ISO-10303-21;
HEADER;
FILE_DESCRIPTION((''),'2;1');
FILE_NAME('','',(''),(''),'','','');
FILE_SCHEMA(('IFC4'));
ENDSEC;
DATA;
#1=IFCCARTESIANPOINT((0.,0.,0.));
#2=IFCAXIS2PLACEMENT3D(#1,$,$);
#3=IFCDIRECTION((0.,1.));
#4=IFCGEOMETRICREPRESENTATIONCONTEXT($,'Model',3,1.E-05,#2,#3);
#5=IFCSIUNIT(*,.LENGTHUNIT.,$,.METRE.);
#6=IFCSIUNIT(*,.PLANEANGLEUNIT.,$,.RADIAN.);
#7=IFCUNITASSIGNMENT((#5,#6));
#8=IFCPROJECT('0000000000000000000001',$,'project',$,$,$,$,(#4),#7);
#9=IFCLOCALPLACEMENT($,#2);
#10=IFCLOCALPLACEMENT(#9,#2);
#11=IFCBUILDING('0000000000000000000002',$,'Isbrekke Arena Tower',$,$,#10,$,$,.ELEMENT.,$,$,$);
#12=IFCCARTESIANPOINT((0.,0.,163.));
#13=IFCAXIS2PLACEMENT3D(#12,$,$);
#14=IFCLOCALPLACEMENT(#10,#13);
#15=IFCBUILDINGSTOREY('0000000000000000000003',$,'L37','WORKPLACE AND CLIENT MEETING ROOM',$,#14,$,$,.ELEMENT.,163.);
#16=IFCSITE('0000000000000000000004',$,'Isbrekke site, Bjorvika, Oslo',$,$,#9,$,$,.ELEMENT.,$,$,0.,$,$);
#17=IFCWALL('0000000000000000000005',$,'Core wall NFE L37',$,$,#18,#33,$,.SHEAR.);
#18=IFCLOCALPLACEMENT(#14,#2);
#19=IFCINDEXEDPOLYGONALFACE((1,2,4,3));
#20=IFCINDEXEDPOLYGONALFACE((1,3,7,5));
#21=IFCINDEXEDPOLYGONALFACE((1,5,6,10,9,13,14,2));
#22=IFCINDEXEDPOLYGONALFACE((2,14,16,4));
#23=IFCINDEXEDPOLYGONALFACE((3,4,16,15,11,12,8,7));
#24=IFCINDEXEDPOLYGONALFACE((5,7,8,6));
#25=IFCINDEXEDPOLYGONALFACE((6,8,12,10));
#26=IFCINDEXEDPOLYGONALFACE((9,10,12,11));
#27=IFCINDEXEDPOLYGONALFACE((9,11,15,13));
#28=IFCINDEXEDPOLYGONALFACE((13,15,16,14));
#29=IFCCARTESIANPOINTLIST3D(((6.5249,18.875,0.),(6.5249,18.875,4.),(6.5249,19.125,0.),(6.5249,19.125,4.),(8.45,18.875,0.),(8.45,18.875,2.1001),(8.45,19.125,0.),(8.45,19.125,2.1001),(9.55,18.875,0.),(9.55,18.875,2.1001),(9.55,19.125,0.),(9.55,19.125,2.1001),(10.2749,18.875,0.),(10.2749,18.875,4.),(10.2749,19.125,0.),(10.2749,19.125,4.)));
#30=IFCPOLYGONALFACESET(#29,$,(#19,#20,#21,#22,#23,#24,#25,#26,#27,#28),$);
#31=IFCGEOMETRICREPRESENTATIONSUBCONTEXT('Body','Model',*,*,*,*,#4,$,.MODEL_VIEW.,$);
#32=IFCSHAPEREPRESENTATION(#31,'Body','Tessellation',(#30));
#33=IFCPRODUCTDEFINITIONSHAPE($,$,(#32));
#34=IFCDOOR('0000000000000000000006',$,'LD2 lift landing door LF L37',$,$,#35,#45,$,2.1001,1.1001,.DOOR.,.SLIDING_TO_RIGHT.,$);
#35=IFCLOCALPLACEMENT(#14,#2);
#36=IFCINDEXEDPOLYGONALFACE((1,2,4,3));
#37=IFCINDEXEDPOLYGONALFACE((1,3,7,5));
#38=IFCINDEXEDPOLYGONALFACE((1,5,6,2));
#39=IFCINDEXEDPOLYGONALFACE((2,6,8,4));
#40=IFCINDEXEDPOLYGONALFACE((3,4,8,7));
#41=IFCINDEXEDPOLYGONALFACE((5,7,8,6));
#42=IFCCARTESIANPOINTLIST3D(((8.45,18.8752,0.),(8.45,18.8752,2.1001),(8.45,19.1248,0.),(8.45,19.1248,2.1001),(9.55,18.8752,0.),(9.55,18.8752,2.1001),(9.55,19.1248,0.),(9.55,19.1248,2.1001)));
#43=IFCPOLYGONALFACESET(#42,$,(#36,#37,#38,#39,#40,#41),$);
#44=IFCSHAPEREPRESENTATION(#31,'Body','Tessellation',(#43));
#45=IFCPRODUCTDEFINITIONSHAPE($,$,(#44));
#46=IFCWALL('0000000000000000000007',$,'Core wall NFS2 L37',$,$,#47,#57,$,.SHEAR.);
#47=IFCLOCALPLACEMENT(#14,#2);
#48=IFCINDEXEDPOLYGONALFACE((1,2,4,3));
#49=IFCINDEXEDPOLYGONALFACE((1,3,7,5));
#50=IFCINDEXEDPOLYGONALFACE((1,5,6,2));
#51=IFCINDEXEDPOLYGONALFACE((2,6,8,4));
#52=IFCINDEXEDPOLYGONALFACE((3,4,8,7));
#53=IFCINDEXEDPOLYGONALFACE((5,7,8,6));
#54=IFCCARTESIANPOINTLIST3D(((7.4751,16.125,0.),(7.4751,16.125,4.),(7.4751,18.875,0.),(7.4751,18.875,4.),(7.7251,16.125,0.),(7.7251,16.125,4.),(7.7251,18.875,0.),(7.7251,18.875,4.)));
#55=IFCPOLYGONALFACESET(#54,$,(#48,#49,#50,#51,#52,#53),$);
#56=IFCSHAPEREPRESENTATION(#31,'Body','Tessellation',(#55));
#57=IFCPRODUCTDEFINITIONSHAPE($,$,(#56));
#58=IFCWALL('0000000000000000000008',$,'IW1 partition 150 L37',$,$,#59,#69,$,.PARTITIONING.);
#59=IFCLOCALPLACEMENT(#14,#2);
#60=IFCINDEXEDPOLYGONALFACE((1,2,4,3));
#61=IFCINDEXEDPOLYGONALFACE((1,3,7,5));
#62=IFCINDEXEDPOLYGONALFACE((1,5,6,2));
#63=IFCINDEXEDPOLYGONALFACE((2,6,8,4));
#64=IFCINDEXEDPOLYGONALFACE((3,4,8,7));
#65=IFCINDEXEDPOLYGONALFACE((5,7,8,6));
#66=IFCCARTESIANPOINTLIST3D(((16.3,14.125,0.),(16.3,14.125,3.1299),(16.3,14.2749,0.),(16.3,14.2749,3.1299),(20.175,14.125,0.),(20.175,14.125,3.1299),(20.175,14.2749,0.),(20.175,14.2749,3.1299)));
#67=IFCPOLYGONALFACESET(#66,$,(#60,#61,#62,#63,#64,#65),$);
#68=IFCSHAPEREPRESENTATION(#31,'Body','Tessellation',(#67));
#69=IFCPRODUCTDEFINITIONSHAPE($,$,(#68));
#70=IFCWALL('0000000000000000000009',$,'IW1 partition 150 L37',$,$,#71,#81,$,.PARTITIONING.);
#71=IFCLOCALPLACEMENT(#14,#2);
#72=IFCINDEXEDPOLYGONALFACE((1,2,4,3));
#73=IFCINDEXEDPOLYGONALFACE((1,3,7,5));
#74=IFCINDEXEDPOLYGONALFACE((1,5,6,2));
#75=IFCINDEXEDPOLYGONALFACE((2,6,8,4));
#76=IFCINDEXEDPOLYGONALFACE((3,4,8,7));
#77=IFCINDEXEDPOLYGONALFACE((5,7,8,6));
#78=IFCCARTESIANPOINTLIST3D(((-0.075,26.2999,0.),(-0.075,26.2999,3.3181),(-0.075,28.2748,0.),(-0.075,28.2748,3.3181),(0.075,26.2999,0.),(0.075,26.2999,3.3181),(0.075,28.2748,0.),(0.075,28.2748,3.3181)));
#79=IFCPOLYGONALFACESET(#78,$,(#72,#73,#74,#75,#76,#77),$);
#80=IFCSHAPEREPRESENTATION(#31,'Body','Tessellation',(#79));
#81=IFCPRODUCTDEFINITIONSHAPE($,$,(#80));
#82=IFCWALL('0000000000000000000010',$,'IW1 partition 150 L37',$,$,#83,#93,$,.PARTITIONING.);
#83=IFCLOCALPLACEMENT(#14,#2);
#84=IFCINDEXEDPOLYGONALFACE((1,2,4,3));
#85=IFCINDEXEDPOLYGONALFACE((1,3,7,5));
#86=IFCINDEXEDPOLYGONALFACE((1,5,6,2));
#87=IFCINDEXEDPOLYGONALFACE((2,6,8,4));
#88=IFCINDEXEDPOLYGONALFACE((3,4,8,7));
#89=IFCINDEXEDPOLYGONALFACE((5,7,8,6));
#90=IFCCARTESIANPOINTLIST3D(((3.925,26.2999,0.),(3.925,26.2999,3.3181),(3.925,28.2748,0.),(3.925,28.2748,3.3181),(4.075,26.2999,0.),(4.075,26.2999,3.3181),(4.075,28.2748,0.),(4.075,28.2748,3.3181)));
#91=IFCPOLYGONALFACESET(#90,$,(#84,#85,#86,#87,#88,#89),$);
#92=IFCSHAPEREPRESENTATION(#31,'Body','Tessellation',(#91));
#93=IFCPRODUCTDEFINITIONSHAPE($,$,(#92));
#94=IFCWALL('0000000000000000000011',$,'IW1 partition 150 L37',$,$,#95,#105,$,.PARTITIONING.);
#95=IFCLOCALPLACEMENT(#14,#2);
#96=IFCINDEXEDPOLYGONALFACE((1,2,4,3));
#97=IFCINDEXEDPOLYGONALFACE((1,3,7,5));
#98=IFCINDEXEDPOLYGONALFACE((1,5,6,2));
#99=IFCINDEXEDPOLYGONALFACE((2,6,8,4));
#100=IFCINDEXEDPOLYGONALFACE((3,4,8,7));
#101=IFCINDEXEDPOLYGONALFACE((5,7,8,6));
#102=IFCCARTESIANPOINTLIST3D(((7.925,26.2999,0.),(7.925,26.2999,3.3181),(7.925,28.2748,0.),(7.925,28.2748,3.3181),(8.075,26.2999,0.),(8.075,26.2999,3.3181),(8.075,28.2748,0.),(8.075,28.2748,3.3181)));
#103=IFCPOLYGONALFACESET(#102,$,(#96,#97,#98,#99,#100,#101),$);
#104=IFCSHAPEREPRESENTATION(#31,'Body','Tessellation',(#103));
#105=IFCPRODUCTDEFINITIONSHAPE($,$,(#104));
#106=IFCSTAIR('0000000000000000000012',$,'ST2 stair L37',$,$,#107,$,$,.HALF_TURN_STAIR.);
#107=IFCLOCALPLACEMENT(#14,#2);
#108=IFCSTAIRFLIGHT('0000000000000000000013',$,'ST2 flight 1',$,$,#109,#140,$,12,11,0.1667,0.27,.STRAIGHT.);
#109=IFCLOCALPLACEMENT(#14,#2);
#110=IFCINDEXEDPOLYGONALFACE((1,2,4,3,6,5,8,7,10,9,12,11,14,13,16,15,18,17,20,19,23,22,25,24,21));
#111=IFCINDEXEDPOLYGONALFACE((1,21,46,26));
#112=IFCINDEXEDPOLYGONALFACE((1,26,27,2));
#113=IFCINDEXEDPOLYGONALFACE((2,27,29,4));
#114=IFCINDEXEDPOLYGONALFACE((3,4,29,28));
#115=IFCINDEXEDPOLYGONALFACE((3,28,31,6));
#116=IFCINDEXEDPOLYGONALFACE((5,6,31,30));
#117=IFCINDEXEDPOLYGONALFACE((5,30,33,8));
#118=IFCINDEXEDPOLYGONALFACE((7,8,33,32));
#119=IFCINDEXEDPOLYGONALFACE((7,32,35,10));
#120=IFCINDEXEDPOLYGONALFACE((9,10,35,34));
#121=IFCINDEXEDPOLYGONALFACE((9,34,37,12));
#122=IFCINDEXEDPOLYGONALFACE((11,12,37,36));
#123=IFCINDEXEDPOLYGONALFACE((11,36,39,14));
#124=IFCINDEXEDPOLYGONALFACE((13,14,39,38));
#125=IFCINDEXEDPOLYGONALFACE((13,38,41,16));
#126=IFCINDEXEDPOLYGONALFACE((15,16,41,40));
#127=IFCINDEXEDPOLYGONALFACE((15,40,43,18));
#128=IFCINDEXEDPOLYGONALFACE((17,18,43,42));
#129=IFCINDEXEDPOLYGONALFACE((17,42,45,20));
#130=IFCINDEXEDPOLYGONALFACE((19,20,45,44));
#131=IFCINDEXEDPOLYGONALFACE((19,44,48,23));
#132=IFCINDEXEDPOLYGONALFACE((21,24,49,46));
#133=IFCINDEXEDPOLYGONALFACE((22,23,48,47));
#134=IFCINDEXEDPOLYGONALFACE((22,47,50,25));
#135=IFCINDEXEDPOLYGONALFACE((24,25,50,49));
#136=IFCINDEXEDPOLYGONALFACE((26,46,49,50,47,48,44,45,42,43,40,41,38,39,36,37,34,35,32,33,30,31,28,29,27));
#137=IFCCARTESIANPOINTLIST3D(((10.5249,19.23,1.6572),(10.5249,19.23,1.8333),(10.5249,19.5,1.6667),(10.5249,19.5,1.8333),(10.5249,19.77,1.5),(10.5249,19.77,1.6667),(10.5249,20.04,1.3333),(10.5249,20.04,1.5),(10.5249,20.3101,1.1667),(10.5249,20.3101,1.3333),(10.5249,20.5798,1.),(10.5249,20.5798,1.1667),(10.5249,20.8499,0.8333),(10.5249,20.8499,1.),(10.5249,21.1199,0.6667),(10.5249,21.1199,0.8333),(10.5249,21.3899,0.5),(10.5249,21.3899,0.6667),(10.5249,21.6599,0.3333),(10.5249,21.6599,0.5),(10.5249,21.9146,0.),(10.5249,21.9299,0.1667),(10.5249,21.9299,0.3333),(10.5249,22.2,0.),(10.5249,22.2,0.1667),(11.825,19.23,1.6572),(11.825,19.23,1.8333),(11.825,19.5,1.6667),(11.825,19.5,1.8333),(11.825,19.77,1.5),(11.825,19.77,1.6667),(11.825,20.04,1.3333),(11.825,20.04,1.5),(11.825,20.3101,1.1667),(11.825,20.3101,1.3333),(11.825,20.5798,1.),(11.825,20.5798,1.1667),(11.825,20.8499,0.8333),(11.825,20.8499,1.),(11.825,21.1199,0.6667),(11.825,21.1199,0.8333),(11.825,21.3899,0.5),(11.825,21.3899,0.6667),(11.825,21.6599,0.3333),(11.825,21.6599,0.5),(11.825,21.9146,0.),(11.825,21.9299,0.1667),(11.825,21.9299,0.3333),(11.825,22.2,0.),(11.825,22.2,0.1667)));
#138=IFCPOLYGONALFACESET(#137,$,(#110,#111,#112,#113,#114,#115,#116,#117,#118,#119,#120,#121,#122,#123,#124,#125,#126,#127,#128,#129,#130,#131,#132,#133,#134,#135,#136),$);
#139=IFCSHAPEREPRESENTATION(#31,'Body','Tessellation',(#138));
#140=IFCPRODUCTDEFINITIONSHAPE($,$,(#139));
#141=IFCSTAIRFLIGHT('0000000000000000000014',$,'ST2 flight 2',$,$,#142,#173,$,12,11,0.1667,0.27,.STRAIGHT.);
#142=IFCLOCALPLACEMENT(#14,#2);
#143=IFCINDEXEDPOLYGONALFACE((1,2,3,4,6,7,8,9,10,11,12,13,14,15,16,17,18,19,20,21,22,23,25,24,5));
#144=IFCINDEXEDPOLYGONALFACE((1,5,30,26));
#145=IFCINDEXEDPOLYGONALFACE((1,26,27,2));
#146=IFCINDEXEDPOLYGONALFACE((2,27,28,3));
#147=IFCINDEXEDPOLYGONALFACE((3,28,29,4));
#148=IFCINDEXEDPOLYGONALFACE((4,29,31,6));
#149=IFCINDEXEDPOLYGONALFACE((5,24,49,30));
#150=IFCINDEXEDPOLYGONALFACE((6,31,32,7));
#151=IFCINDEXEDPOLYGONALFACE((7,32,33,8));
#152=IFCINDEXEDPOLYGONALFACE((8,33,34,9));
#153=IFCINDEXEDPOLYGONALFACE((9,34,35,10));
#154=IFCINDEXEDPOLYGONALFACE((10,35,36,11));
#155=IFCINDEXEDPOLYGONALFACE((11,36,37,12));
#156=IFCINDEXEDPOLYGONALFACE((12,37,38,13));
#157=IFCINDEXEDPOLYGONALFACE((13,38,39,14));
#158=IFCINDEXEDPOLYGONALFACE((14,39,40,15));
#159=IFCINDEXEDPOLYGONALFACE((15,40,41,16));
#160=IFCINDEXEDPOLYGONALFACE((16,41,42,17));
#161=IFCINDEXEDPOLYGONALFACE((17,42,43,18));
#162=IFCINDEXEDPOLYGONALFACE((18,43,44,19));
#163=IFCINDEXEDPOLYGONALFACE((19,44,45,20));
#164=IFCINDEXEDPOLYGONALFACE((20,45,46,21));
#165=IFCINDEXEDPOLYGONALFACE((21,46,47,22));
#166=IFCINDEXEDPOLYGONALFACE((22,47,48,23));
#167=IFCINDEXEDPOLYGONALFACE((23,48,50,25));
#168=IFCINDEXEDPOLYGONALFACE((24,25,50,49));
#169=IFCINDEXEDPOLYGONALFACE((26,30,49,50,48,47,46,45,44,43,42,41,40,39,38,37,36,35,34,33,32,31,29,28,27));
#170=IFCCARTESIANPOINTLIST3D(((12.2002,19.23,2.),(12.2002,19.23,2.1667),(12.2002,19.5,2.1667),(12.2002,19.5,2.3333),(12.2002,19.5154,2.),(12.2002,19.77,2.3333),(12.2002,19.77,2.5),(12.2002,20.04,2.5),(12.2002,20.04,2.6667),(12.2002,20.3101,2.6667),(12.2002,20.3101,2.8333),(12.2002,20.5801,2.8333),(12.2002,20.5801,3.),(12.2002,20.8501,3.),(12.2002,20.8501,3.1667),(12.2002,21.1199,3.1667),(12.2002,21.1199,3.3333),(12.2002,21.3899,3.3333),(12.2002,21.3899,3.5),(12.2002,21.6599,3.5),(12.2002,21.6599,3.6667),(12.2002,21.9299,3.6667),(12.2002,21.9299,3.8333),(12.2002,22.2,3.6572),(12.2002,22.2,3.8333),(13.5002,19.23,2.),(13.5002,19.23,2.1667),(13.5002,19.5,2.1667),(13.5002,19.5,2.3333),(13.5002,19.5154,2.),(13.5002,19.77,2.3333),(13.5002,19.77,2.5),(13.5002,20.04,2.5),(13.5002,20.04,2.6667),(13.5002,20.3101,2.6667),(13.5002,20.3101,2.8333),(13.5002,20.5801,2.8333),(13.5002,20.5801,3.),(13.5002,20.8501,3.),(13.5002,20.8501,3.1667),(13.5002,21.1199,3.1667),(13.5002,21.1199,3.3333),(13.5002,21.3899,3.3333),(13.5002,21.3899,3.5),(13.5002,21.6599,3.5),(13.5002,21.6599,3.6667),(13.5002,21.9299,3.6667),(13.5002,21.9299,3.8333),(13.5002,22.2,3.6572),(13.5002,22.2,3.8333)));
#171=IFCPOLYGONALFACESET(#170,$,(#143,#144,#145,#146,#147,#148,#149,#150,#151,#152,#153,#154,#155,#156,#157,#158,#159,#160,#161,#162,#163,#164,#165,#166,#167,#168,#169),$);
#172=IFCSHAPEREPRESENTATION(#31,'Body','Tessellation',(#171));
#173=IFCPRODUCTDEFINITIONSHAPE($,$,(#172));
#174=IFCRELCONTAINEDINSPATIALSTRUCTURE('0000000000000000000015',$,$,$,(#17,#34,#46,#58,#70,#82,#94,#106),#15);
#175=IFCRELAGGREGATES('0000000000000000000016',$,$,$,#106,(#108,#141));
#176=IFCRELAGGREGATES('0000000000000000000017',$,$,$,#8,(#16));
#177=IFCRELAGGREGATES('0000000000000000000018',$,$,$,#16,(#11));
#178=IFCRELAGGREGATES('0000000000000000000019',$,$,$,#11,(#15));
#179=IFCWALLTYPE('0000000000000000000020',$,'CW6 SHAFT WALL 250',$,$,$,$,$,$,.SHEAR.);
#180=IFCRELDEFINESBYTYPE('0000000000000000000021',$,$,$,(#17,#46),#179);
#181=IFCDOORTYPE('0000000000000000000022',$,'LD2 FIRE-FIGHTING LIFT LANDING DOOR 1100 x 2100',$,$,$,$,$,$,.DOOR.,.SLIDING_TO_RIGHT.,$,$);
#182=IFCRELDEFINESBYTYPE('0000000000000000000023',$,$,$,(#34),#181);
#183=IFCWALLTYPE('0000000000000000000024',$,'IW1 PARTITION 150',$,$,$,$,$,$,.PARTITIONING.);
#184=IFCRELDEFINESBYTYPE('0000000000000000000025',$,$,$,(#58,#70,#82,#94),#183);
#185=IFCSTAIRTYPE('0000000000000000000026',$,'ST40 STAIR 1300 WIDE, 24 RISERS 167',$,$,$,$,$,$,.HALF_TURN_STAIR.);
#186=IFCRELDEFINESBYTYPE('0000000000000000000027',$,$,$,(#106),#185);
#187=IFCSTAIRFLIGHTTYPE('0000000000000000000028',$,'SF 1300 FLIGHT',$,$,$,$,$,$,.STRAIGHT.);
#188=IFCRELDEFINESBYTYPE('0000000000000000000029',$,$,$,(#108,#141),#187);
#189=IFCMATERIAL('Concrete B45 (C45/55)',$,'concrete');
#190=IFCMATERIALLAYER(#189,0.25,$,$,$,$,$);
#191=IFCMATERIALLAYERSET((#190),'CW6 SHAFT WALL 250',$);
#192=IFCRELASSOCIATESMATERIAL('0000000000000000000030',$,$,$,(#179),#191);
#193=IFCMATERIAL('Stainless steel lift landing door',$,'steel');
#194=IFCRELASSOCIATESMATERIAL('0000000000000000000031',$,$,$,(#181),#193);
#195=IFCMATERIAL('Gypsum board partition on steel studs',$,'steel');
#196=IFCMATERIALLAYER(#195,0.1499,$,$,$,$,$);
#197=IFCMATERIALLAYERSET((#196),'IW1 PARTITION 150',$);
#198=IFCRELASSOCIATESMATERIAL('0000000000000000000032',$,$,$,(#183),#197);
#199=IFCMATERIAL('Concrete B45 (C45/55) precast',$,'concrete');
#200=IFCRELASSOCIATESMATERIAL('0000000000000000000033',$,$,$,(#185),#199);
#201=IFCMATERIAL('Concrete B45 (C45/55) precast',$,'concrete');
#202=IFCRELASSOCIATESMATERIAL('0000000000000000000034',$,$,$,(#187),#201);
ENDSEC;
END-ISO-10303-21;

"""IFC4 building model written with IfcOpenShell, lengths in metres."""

from ifc_helpers import new_model, si_unit, direction, frame, frame_2d, origin, place, context, subcontext, project, spatial, polyline, rectangle, outline, extrude, material, layer, layer_set, type_object, element, fill, aggregate, save


model = new_model("IFC4")

# Units and contexts
model_context = context("Model", 3, precision=1e-05, world=origin(), true_north=direction((0.0, 1.0)))
body_context = subcontext(model_context, "Body", "Model", "MODEL_VIEW")
ifc_project = project(units=[si_unit("LENGTHUNIT", "METRE"), si_unit("PLANEANGLEUNIT", "RADIAN")], contexts=[model_context])

# Site, building, storey
site_placement = place(None, origin())
site = spatial("IfcSite", under=ifc_project, at=site_placement, Name="Isbrekke site, Bjorvika, Oslo", CompositionType="ELEMENT", RefElevation=0.0)
building_placement = place(site_placement, origin())
building = spatial("IfcBuilding", under=site, at=building_placement, Name="Isbrekke Arena Tower", CompositionType="ELEMENT")
storey_placement = place(building_placement, frame((0.0, 0.0, 163.0)))
storey = spatial("IfcBuildingStorey", under=building, at=storey_placement, Name="L37", Description="WORKPLACE AND CLIENT MEETING ROOM", CompositionType="ELEMENT", Elevation=163.0)

# Shared definitions
ifc_material_1 = material(Name="Concrete B45 (C45/55)", Category="concrete")
ifc_layer_1 = layer(ifc_material_1, 0.25)
ifc_layer_set_1 = layer_set([ifc_layer_1], Name="CW6 SHAFT WALL 250")
wall_type_1 = type_object("IfcWallType", Name="CW6 SHAFT WALL 250", PredefinedType="SHEAR", material=ifc_layer_set_1)

# Wall, opening, door
wall_1_placement = place(storey_placement, frame((6.5249, 19.0, 0.0), z_axis=(0.0, 0.0, 1.0), x_axis=(1.0, 0.0, 0.0)))
wall_1 = element("IfcWall", 1, at=wall_1_placement, inside=storey, type_object=wall_type_1, Name="Core wall NFE L37", PredefinedType="SHEAR", context=body_context, shape_type="SweptSolid", body=[
    extrude(rectangle(XDim=3.75, YDim=0.25, at=frame_2d((1.875, 0.0))), origin(), (0.0, 0.0, 1.0), 4.0),
])
opening_1_placement = place(wall_1_placement, frame((1.925, 0.0, 0.0)))
opening_1 = element("IfcOpeningElement", 2, at=opening_1_placement, cuts=wall_1, PredefinedType="OPENING", context=body_context, shape_type="SweptSolid", body=[
    extrude(rectangle(XDim=1.1001, YDim=2.1001, at=frame_2d((0.55, 1.05))), frame((0.0, 0.1399, 0.0), z_axis=(0.0, -1.0, 0.0), x_axis=(1.0, 0.0, 0.0)), (0.0, 0.0, 1.0), 0.2798),
])
ifc_material_2 = material(Name="Stainless steel lift landing door", Category="steel")
door_type_1 = type_object("IfcDoorType", Name="LD2 FIRE-FIGHTING LIFT LANDING DOOR 1100 x 2100", OperationType="SLIDING_TO_RIGHT", PredefinedType="DOOR", material=ifc_material_2)
door_1_placement = place(opening_1_placement, origin())
door_1 = element("IfcDoor", 3, at=door_1_placement, inside=storey, type_object=door_type_1, Name="LD2 lift landing door LF L37", OperationType="SLIDING_TO_RIGHT", OverallHeight=2.1001, OverallWidth=1.1001, PredefinedType="DOOR", context=body_context, shape_type="SweptSolid", body=[
    extrude(rectangle(XDim=1.1001, YDim=2.1001, at=frame_2d((0.55, 1.05))), frame((0.0, 0.1248, 0.0), z_axis=(0.0, -1.0, 0.0), x_axis=(1.0, 0.0, 0.0)), (0.0, 0.0, 1.0), 0.2495),
])
fill(opening_1, door_1)

# Walls
wall_2_placement = place(storey_placement, frame((7.6001, 16.125, 0.0), z_axis=(0.0, 0.0, 1.0), x_axis=(0.0, 1.0, 0.0)))
element("IfcWall", 4, at=wall_2_placement, inside=storey, type_object=wall_type_1, Name="Core wall NFS2 L37", PredefinedType="SHEAR", context=body_context, shape_type="SweptSolid", body=[
    extrude(rectangle(XDim=2.75, YDim=0.25, at=frame_2d((1.375, 0.0))), origin(), (0.0, 0.0, 1.0), 4.0),
])
ifc_material_3 = material(Name="Gypsum board partition on steel studs", Category="steel")
ifc_layer_2 = layer(ifc_material_3, 0.1499)
ifc_layer_set_2 = layer_set([ifc_layer_2], Name="IW1 PARTITION 150")
wall_type_2 = type_object("IfcWallType", Name="IW1 PARTITION 150", PredefinedType="PARTITIONING", material=ifc_layer_set_2)
wall_3_placement = place(storey_placement, frame((16.3, 14.2, 0.0), z_axis=(0.0, 0.0, 1.0), x_axis=(1.0, 0.0, 0.0)))
element("IfcWall", 5, at=wall_3_placement, inside=storey, type_object=wall_type_2, Name="IW1 partition 150 L37", PredefinedType="PARTITIONING", context=body_context, shape_type="SweptSolid", body=[
    extrude(rectangle(XDim=3.875, YDim=0.1499, at=frame_2d((1.9375, 0.0))), origin(), (0.0, 0.0, 1.0), 3.1299),
])
for number, where, z_axis, x_axis, name in (
    (6, (0.0, 26.3, 0.0), (0.0, 0.0, 1.0), (0.0, 1.0, 0.0), "IW1 partition 150 L37"),
    (7, (4.0, 26.3, 0.0), (0.0, 0.0, 1.0), (0.0, 1.0, 0.0), "IW1 partition 150 L37"),
    (8, (8.0, 26.3, 0.0), (0.0, 0.0, 1.0), (0.0, 1.0, 0.0), "IW1 partition 150 L37"),
):
    element("IfcWall", number, at=place(storey_placement, frame(where, z_axis=z_axis, x_axis=x_axis)), inside=storey, type_object=wall_type_2, Name=name, PredefinedType="PARTITIONING", context=body_context, shape_type="SweptSolid", body=[
        extrude(rectangle(XDim=1.9749, YDim=0.1499, at=frame_2d((0.9873, 0.0))), origin(), (0.0, 0.0, 1.0), 3.3181),
    ])

# Stair, stair flights
ifc_material_4 = material(Name="Concrete B45 (C45/55) precast", Category="concrete")
stair_type = type_object("IfcStairType", Name="ST40 STAIR 1300 WIDE, 24 RISERS 167", PredefinedType="HALF_TURN_STAIR", material=ifc_material_4)
stair_placement = place(storey_placement, origin())
stair = element("IfcStair", 9, at=stair_placement, inside=storey, type_object=stair_type, Name="ST2 stair L37", PredefinedType="HALF_TURN_STAIR")
ifc_material_5 = material(Name="Concrete B45 (C45/55) precast", Category="concrete")
stair_flight_type = type_object("IfcStairFlightType", Name="SF 1300 FLIGHT", PredefinedType="STRAIGHT", material=ifc_material_5)
stair_flight_1_placement = place(storey_placement, frame((11.175, 22.2, 0.0), z_axis=(0.0, 0.0, 1.0), x_axis=(0.0, -1.0, 0.0)))
stair_flight_1 = element("IfcStairFlight", 10, at=stair_flight_1_placement, type_object=stair_flight_type, Name="ST2 flight 1", NumberOfRisers=12, NumberOfTreads=11, PredefinedType="STRAIGHT", RiserHeight=0.1667, TreadLength=0.27, context=body_context, shape_type="SweptSolid", body=[
    extrude(outline(polyline([(0.0, 0.0), (0.0, 0.1667), (0.27, 0.1667), (0.27, 0.3333), (0.54, 0.3333), (0.54, 0.5), (0.8101, 0.5), (0.8101, 0.6667), (1.0801, 0.6667), (1.0801, 0.8333), (1.3501, 0.8333), (1.3501, 1.0), (1.6201, 1.0), (1.6201, 1.1667), (1.8899, 1.1667), (1.8899, 1.3333), (2.1599, 1.3333), (2.1599, 1.5), (2.4299, 1.5), (2.4299, 1.6667), (2.7, 1.6667), (2.7, 1.8333), (2.97, 1.8333), (2.97, 2.0), (2.97, 1.6572), (0.2854, 0.0), (0.0, 0.0)])), frame((0.0, 0.6499, 0.0), z_axis=(0.0, -1.0, 0.0), x_axis=(1.0, 0.0, 0.0)), (0.0, 0.0, 1.0), 1.3),
])
stair_flight_2_placement = place(storey_placement, frame((12.8501, 19.23, 2.0), z_axis=(0.0, 0.0, 1.0), x_axis=(0.0, 1.0, 0.0)))
stair_flight_2 = element("IfcStairFlight", 11, at=stair_flight_2_placement, type_object=stair_flight_type, Name="ST2 flight 2", NumberOfRisers=12, NumberOfTreads=11, PredefinedType="STRAIGHT", RiserHeight=0.1667, TreadLength=0.27, context=body_context, shape_type="SweptSolid", body=[
    extrude(outline(polyline([(0.0, 0.0), (0.0, 0.1667), (0.27, 0.1667), (0.27, 0.3333), (0.54, 0.3333), (0.54, 0.5), (0.8101, 0.5), (0.8101, 0.6667), (1.0801, 0.6667), (1.0801, 0.8333), (1.3501, 0.8333), (1.3501, 1.0), (1.6201, 1.0), (1.6201, 1.1667), (1.8899, 1.1667), (1.8899, 1.3333), (2.1599, 1.3333), (2.1599, 1.5), (2.4299, 1.5), (2.4299, 1.6667), (2.7, 1.6667), (2.7, 1.8333), (2.97, 1.8333), (2.97, 2.0), (2.97, 1.6572), (0.2854, 0.0), (0.0, 0.0)])), frame((0.0, 0.6499, 0.0), z_axis=(0.0, -1.0, 0.0), x_axis=(1.0, 0.0, 0.0)), (0.0, 0.0, 1.0), 1.3),
])
aggregate(stair, [stair_flight_1, stair_flight_2])

save(model, "model.ifc")
